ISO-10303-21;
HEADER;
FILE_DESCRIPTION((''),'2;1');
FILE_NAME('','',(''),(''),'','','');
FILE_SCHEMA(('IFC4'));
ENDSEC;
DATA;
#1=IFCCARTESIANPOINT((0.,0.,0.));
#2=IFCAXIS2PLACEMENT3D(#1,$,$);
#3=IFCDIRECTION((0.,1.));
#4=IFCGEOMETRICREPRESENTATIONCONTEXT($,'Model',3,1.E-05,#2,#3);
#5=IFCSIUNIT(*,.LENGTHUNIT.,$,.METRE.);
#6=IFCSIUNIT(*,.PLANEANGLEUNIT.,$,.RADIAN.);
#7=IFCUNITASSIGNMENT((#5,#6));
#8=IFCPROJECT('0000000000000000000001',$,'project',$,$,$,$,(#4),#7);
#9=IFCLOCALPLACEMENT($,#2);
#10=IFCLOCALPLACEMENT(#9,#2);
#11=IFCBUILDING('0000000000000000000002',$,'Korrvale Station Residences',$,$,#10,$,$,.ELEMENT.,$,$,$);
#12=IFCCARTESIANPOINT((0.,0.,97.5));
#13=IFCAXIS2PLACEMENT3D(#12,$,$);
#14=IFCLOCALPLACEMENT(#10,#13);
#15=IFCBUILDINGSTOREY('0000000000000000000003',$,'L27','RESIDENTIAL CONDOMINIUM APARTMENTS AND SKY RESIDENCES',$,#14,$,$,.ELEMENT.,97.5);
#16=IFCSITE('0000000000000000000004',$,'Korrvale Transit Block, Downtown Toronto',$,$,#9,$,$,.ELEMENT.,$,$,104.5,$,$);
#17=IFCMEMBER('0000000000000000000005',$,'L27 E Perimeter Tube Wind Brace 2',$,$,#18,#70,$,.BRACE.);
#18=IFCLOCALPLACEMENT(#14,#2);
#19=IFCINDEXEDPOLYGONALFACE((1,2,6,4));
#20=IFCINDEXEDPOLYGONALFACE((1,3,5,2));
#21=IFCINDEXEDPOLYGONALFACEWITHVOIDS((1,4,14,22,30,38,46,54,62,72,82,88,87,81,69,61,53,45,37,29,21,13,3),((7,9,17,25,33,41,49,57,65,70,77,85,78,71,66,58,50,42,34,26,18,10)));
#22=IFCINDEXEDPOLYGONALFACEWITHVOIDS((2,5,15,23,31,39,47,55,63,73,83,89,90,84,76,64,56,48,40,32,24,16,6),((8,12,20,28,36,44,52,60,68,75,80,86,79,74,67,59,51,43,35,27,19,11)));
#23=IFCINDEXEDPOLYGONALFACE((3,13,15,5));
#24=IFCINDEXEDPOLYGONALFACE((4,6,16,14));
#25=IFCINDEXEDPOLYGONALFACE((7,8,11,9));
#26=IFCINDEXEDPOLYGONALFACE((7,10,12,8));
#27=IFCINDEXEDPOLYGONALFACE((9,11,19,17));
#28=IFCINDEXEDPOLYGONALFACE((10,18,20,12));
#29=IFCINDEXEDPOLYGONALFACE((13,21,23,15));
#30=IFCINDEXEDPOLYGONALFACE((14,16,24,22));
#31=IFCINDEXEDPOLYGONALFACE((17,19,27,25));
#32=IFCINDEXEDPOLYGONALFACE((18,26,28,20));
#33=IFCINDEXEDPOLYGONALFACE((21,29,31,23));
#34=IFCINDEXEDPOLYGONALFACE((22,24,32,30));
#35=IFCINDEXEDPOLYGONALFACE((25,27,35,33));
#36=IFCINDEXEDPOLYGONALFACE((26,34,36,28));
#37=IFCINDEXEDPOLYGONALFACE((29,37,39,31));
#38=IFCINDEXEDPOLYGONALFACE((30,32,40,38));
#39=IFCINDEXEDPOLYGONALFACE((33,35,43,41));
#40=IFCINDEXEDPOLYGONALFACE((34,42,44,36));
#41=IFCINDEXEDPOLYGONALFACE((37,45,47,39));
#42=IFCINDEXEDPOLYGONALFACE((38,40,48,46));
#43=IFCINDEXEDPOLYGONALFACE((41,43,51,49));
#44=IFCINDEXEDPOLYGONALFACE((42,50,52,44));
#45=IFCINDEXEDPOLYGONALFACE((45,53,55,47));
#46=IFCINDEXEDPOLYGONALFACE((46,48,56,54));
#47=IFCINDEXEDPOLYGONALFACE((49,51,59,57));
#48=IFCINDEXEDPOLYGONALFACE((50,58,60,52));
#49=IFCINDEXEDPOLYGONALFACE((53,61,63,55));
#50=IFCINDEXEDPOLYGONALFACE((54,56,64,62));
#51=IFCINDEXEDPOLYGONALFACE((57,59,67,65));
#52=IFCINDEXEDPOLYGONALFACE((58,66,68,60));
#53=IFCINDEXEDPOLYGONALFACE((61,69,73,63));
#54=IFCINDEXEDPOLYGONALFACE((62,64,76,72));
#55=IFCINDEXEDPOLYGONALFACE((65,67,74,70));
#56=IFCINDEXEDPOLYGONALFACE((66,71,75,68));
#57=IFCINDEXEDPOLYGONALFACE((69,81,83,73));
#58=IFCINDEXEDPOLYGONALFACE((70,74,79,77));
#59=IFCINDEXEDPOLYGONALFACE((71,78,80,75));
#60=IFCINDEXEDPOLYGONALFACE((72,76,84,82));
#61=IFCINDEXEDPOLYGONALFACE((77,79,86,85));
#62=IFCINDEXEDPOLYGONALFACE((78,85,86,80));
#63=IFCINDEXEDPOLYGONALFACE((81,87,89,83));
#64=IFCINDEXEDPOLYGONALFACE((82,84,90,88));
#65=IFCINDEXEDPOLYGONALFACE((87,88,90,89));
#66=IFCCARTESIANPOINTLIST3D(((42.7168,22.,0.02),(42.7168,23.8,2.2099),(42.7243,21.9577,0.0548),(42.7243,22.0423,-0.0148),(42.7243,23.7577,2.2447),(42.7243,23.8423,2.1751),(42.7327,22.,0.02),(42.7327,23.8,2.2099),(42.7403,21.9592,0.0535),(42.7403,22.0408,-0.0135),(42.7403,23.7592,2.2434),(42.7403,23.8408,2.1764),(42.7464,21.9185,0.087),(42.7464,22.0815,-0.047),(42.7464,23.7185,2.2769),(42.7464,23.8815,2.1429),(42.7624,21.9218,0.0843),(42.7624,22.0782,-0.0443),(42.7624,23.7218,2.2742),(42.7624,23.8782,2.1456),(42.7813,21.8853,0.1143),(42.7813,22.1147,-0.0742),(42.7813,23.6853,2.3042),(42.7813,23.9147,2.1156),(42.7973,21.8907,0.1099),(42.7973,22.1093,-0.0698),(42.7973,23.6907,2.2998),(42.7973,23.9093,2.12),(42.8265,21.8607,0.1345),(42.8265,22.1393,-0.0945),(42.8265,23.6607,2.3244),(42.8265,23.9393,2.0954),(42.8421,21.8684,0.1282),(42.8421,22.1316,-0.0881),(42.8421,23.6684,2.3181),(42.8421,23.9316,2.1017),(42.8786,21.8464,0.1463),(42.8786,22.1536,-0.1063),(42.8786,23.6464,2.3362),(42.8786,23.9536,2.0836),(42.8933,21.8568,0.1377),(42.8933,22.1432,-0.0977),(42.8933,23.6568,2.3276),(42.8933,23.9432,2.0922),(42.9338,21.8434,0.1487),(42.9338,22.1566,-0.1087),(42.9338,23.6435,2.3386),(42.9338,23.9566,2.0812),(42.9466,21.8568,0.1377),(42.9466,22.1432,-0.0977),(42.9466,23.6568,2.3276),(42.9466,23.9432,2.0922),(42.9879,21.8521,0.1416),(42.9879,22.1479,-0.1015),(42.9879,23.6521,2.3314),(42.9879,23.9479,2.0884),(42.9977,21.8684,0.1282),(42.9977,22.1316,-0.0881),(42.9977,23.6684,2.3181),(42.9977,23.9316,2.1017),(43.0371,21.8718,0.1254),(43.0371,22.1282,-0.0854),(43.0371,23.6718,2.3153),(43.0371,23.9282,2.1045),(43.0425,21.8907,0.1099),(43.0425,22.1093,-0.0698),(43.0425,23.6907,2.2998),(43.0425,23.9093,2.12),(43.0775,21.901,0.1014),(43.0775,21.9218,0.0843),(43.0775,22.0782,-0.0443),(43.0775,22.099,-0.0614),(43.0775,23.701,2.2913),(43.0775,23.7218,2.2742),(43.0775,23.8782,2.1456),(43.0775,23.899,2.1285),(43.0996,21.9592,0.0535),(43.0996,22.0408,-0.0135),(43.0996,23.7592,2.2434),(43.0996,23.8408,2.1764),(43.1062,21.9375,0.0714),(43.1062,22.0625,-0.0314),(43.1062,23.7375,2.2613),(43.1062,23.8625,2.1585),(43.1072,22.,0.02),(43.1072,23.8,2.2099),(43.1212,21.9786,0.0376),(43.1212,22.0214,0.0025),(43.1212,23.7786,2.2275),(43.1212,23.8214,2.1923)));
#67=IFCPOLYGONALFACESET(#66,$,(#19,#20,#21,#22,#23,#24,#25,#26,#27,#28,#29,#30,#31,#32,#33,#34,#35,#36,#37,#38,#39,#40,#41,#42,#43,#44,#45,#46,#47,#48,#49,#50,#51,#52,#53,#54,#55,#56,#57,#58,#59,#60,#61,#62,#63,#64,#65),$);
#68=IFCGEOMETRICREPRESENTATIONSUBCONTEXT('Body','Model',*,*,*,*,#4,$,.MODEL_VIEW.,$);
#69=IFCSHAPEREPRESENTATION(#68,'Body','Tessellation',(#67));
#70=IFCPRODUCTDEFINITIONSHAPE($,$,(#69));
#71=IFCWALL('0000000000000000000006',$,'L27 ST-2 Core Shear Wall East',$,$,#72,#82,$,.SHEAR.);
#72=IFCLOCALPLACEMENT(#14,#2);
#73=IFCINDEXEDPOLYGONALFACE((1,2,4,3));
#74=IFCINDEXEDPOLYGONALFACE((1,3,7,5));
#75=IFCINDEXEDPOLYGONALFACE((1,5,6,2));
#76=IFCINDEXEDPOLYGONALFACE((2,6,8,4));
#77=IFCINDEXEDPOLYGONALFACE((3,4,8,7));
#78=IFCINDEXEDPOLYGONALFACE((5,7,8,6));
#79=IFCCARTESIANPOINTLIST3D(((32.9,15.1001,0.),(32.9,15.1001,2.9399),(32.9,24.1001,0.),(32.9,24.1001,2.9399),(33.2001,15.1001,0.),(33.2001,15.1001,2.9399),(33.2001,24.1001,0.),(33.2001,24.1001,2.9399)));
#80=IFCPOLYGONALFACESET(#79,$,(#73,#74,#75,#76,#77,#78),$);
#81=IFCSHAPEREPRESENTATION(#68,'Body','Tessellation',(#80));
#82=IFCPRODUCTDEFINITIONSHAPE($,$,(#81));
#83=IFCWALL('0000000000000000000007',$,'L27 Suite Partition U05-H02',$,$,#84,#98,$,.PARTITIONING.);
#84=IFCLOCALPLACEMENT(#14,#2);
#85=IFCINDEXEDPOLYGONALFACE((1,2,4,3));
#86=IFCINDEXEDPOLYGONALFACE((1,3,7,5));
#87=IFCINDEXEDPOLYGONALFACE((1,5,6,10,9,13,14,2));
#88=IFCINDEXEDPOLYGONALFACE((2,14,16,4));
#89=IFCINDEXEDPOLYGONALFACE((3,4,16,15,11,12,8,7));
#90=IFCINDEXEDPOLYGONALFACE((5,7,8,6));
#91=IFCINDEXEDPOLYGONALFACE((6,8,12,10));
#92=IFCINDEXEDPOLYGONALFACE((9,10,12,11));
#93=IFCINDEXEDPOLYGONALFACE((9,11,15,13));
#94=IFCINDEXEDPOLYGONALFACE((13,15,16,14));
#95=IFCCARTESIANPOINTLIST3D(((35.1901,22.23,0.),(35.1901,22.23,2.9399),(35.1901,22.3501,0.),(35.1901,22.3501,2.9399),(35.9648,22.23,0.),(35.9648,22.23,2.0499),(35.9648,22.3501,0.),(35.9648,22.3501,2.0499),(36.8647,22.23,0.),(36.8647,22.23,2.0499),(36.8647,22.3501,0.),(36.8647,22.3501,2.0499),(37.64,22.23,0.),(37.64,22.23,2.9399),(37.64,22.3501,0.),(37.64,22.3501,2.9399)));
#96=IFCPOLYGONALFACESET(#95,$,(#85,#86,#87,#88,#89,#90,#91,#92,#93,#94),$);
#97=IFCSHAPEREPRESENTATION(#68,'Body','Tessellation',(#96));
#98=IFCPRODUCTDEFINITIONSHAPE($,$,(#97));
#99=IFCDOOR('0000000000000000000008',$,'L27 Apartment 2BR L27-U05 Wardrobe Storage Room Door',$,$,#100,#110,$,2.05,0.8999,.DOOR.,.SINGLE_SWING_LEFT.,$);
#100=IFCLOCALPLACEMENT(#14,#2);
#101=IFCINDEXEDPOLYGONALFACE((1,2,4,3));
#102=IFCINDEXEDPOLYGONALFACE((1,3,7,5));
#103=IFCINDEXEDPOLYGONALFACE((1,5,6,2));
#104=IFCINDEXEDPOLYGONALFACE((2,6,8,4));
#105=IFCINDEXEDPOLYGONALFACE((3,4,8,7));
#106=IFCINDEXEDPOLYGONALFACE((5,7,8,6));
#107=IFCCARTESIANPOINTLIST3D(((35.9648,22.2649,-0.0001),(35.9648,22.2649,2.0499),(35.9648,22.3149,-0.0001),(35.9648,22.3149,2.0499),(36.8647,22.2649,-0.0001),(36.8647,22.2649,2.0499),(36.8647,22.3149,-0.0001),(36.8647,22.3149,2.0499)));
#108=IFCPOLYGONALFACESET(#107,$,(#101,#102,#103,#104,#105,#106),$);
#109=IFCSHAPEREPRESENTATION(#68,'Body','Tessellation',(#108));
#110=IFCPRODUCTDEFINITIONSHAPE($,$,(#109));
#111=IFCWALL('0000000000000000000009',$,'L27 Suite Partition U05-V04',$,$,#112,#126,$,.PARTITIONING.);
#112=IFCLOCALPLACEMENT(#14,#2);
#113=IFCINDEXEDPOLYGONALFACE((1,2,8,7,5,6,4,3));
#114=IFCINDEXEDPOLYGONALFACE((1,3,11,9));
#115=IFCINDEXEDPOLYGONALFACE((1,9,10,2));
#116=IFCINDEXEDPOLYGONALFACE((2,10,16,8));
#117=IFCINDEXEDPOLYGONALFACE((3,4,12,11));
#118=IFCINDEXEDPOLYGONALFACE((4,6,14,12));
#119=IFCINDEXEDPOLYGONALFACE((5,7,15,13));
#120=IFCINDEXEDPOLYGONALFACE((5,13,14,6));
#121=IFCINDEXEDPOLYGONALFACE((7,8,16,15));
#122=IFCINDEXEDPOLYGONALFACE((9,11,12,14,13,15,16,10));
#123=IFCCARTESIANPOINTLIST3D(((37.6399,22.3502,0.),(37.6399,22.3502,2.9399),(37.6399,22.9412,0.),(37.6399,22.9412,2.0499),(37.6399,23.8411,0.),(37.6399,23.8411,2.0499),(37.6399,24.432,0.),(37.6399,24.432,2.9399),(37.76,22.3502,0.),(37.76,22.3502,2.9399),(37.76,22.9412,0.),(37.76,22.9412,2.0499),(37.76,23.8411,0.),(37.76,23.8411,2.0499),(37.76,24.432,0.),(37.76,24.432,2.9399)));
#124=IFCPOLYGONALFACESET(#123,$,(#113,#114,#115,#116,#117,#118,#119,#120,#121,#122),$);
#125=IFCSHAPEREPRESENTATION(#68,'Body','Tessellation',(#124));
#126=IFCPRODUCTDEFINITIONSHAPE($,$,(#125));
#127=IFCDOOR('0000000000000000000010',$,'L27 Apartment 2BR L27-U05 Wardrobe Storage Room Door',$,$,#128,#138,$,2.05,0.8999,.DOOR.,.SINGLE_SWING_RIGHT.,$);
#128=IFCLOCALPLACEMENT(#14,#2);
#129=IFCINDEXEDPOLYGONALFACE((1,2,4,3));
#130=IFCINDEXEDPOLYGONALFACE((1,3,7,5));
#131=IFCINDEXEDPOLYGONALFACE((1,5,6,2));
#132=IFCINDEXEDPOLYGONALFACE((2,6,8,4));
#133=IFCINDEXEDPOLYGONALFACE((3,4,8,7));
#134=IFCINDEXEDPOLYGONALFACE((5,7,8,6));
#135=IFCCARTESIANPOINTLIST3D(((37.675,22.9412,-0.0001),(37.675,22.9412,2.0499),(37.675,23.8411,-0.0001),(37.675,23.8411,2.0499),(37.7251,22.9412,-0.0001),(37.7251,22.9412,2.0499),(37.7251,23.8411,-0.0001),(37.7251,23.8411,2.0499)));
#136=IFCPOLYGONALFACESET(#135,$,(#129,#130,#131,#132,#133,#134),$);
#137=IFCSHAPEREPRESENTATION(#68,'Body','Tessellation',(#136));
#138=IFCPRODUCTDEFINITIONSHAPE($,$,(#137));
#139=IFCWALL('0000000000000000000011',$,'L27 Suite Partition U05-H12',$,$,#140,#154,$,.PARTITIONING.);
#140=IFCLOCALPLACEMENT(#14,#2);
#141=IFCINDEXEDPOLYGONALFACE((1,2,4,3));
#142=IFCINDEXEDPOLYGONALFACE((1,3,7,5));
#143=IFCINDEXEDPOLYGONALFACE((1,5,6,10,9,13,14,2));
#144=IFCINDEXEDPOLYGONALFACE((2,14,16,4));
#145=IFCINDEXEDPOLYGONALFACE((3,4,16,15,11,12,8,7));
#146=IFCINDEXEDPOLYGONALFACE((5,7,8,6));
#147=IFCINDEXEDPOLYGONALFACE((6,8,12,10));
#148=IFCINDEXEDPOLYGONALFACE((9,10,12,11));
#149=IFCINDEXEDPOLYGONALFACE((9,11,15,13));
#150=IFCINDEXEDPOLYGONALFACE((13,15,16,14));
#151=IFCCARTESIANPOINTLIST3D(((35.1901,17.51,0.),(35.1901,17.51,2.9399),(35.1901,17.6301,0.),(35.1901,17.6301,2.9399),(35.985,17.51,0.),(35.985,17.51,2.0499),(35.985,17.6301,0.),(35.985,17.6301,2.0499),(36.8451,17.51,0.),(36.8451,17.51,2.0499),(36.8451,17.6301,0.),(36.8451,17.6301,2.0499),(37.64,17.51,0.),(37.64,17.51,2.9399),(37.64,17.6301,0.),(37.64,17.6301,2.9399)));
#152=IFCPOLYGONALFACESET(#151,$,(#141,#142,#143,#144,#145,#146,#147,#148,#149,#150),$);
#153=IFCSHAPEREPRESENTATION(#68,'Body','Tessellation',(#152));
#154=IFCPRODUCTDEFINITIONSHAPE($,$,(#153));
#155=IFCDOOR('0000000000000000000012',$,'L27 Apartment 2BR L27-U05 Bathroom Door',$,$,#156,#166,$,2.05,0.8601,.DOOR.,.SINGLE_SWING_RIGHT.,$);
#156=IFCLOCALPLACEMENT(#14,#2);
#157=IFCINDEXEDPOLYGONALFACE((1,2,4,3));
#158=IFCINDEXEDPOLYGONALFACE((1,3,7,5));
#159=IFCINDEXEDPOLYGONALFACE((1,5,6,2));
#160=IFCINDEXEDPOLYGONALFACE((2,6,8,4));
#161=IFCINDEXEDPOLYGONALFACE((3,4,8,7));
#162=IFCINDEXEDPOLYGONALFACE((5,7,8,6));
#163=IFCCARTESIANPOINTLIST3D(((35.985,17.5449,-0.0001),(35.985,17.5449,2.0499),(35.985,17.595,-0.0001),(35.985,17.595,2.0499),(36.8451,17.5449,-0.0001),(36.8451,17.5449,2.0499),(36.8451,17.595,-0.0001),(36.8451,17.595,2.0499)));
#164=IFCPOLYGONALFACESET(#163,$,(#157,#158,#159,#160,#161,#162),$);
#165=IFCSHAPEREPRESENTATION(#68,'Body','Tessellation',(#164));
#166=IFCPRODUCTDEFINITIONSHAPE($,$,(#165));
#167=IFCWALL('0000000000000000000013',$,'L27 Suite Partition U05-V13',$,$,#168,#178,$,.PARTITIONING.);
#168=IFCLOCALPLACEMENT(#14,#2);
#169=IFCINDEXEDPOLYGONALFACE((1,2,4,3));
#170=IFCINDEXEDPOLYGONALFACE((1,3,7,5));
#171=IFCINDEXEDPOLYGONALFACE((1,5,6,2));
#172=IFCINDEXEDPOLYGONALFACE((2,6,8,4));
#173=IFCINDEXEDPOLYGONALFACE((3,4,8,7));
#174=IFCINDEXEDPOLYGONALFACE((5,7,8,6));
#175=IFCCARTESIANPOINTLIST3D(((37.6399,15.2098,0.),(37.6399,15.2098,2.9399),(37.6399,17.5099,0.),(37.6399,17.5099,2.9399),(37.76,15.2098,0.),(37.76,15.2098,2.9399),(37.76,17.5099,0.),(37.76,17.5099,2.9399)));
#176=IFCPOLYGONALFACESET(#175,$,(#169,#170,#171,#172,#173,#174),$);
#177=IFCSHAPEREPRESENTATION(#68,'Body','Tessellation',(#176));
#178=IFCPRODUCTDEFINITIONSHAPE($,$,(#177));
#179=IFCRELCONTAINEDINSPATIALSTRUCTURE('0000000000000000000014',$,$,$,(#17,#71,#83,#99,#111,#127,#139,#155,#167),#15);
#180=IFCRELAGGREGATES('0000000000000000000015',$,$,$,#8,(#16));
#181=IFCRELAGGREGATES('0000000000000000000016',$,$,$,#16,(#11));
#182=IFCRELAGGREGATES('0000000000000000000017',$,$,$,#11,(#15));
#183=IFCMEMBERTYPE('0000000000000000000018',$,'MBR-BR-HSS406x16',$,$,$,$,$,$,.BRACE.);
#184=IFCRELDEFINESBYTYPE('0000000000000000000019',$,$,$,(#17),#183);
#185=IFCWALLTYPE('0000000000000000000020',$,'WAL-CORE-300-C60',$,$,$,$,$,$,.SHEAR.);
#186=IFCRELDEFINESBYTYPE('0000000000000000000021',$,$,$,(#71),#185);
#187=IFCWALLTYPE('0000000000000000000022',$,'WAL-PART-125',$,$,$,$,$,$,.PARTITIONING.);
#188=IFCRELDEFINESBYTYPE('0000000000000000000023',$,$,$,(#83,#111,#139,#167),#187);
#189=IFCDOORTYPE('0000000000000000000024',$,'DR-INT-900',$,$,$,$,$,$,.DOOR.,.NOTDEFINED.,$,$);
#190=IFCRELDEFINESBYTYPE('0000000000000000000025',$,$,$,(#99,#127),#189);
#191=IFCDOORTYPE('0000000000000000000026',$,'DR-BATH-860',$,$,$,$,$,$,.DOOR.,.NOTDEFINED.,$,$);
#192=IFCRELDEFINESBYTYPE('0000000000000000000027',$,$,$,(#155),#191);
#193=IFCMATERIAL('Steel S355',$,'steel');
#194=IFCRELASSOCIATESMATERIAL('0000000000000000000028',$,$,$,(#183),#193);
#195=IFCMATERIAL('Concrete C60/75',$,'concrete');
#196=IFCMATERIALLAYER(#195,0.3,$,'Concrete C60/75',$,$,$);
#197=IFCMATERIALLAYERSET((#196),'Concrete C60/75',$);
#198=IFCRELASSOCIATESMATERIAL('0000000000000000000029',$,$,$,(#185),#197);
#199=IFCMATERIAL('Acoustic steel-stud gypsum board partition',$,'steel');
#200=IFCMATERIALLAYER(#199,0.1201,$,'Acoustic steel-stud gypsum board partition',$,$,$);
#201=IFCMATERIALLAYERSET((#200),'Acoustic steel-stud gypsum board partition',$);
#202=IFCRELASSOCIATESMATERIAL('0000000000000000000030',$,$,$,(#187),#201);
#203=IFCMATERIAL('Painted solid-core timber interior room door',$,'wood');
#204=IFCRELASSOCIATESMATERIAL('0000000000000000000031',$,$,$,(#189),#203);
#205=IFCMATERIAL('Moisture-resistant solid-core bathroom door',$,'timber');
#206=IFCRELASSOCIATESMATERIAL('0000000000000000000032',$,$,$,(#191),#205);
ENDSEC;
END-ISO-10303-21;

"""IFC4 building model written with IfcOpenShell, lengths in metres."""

from ifc_helpers import new_model, si_unit, direction, frame, frame_2d, origin, origin_2d, place, context, subcontext, project, spatial, rectangle, hollow_circle, extrude, material, layer, layer_set, material_profile, profile_set, type_object, element, fill, save


model = new_model("IFC4")

# Units and contexts
model_context = context("Model", 3, precision=1e-05, world=origin(), true_north=direction((0.0, 1.0)))
body_context = subcontext(model_context, "Body", "Model", "MODEL_VIEW")
ifc_project = project(units=[si_unit("LENGTHUNIT", "METRE"), si_unit("PLANEANGLEUNIT", "RADIAN")], contexts=[model_context])

# Site, building, storey
site_placement = place(None, origin())
site = spatial("IfcSite", under=ifc_project, at=site_placement, Name="Korrvale Transit Block, Downtown Toronto", CompositionType="ELEMENT", RefElevation=104.5)
building_placement = place(site_placement, origin())
building = spatial("IfcBuilding", under=site, at=building_placement, Name="Korrvale Station Residences", CompositionType="ELEMENT")
storey_placement = place(building_placement, frame((0.0, 0.0, 97.5)))
storey = spatial("IfcBuildingStorey", under=building, at=storey_placement, Name="L27", Description="RESIDENTIAL CONDOMINIUM APARTMENTS AND SKY RESIDENCES", CompositionType="ELEMENT", Elevation=97.5)

# Shared definitions
ifc_material_1 = material(Name="Concrete C60/75", Category="concrete")

# Shared definitions
ifc_material_2 = material(Name="Steel S355", Category="steel")

# Member
ifc_material_profile_1 = material_profile(ifc_material_2, hollow_circle(Radius=0.2031, WallThickness=0.0159, at=origin_2d()), Name="HSS406x16")
ifc_profile_set_1 = profile_set([ifc_material_profile_1], Name="Steel S355")
member_type = type_object("IfcMemberType", Name="MBR-BR-HSS406x16", PredefinedType="BRACE", material=ifc_profile_set_1)
for number, where, z_axis, x_axis, name in (
    (1, (42.9199, 22.0, 0.02), (0.0, 0.634985, 0.772524), (-1.0, 0.0, 0.0), "L27 E Perimeter Tube Wind Brace 2"),
):
    element("IfcMember", number, at=place(storey_placement, frame(where, z_axis=z_axis, x_axis=x_axis)), inside=storey, type_object=member_type, Name=name, PredefinedType="BRACE", context=body_context, shape_type="SweptSolid", body=[
        extrude(hollow_circle(Radius=0.2031, WallThickness=0.0159, at=origin_2d()), origin(), (0.0, 0.0, 1.0), 2.8347),
    ])

# Wall
ifc_layer_1 = layer(ifc_material_1, 0.3, Name="Concrete C60/75")
ifc_layer_set_1 = layer_set([ifc_layer_1], Name="Concrete C60/75")
wall_type_1 = type_object("IfcWallType", Name="WAL-CORE-300-C60", PredefinedType="SHEAR", material=ifc_layer_set_1)
wall_1_placement = place(storey_placement, frame((33.05, 15.1001, 0.0), z_axis=(0.0, 0.0, 1.0), x_axis=(0.0, 1.0, 0.0)))
element("IfcWall", 2, at=wall_1_placement, inside=storey, type_object=wall_type_1, Name="L27 ST-2 Core Shear Wall East", PredefinedType="SHEAR", context=body_context, shape_type="SweptSolid", body=[
    extrude(rectangle(XDim=9.0, YDim=0.3, at=frame_2d((4.5, 0.0))), origin(), (0.0, 0.0, 1.0), 2.9399),
])

# Walls, openings, doors
ifc_material_3 = material(Name="Acoustic steel-stud gypsum board partition", Category="steel")
ifc_layer_2 = layer(ifc_material_3, 0.1201, Name="Acoustic steel-stud gypsum board partition")
ifc_layer_set_2 = layer_set([ifc_layer_2], Name="Acoustic steel-stud gypsum board partition")
wall_type_2 = type_object("IfcWallType", Name="WAL-PART-125", PredefinedType="PARTITIONING", material=ifc_layer_set_2)
wall_2_placement = place(storey_placement, frame((35.1899, 22.29, 0.0), z_axis=(0.0, 0.0, 1.0), x_axis=(1.0, 0.0, 0.0)))
wall_2 = element("IfcWall", 3, at=wall_2_placement, inside=storey, type_object=wall_type_2, Name="L27 Suite Partition U05-H02", PredefinedType="PARTITIONING", context=body_context, shape_type="SweptSolid", body=[
    extrude(rectangle(XDim=2.45, YDim=0.1201, at=frame_2d((1.2251, 0.0))), origin(), (0.0, 0.0, 1.0), 2.9399),
])
opening_1_placement = place(wall_2_placement, frame((0.7749, 0.0, 0.0)))
opening_1 = element("IfcOpeningElement", 4, at=opening_1_placement, cuts=wall_2, PredefinedType="OPENING", context=body_context, shape_type="SweptSolid", body=[
    extrude(rectangle(XDim=0.8999, YDim=2.05, at=frame_2d((0.45, 1.0249))), frame((0.0, 0.0701, 0.0), z_axis=(0.0, -1.0, 0.0), x_axis=(1.0, 0.0, 0.0)), (0.0, 0.0, 1.0), 0.1401),
])
ifc_material_4 = material(Name="Painted solid-core timber interior room door", Category="wood")
door_type_1 = type_object("IfcDoorType", Name="DR-INT-900", OperationType="NOTDEFINED", PredefinedType="DOOR", material=ifc_material_4)
door_1_placement = place(opening_1_placement, origin())
door_1 = element("IfcDoor", 5, at=door_1_placement, inside=storey, type_object=door_type_1, Name="L27 Apartment 2BR L27-U05 Wardrobe Storage Room Door", OperationType="SINGLE_SWING_LEFT", OverallHeight=2.05, OverallWidth=0.8999, PredefinedType="DOOR", context=body_context, shape_type="SweptSolid", body=[
    extrude(rectangle(XDim=0.8999, YDim=2.05, at=frame_2d((0.45, 1.0249))), frame((0.0, 0.0249, 0.0), z_axis=(0.0, -1.0, 0.0), x_axis=(1.0, 0.0, 0.0)), (0.0, 0.0, 1.0), 0.05),
])
fill(opening_1, door_1)
wall_3_placement = place(storey_placement, frame((37.7, 22.3501, 0.0), z_axis=(0.0, 0.0, 1.0), x_axis=(0.0, 1.0, 0.0)))
wall_3 = element("IfcWall", 6, at=wall_3_placement, inside=storey, type_object=wall_type_2, Name="L27 Suite Partition U05-V04", PredefinedType="PARTITIONING", context=body_context, shape_type="SweptSolid", body=[
    extrude(rectangle(XDim=2.0818, YDim=0.1201, at=frame_2d((1.041, 0.0))), origin(), (0.0, 0.0, 1.0), 2.9399),
])
opening_2_placement = place(wall_3_placement, frame((0.5911, 0.0, 0.0)))
opening_2 = element("IfcOpeningElement", 7, at=opening_2_placement, cuts=wall_3, PredefinedType="OPENING", context=body_context, shape_type="SweptSolid", body=[
    extrude(rectangle(XDim=0.8999, YDim=2.05, at=frame_2d((0.45, 1.0249))), frame((0.0, 0.0701, 0.0), z_axis=(0.0, -1.0, 0.0), x_axis=(1.0, 0.0, 0.0)), (0.0, 0.0, 1.0), 0.1401),
])
door_2_placement = place(opening_2_placement, origin())
door_2 = element("IfcDoor", 8, at=door_2_placement, inside=storey, type_object=door_type_1, Name="L27 Apartment 2BR L27-U05 Wardrobe Storage Room Door", OperationType="SINGLE_SWING_RIGHT", OverallHeight=2.05, OverallWidth=0.8999, PredefinedType="DOOR", context=body_context, shape_type="SweptSolid", body=[
    extrude(rectangle(XDim=0.8999, YDim=2.05, at=frame_2d((0.45, 1.0249))), frame((0.0, 0.0249, 0.0), z_axis=(0.0, -1.0, 0.0), x_axis=(1.0, 0.0, 0.0)), (0.0, 0.0, 1.0), 0.05),
])
fill(opening_2, door_2)
wall_4_placement = place(storey_placement, frame((35.1899, 17.5701, 0.0), z_axis=(0.0, 0.0, 1.0), x_axis=(1.0, 0.0, 0.0)))
wall_4 = element("IfcWall", 9, at=wall_4_placement, inside=storey, type_object=wall_type_2, Name="L27 Suite Partition U05-H12", PredefinedType="PARTITIONING", context=body_context, shape_type="SweptSolid", body=[
    extrude(rectangle(XDim=2.45, YDim=0.1201, at=frame_2d((1.2251, 0.0))), origin(), (0.0, 0.0, 1.0), 2.9399),
])
opening_3_placement = place(wall_4_placement, frame((0.7949, 0.0, 0.0)))
opening_3 = element("IfcOpeningElement", 10, at=opening_3_placement, cuts=wall_4, PredefinedType="OPENING", context=body_context, shape_type="SweptSolid", body=[
    extrude(rectangle(XDim=0.8601, YDim=2.05, at=frame_2d((0.4302, 1.0249))), frame((0.0, 0.0701, 0.0), z_axis=(0.0, -1.0, 0.0), x_axis=(1.0, 0.0, 0.0)), (0.0, 0.0, 1.0), 0.1401),
])
ifc_material_5 = material(Name="Moisture-resistant solid-core bathroom door", Category="timber")
door_type_2 = type_object("IfcDoorType", Name="DR-BATH-860", OperationType="NOTDEFINED", PredefinedType="DOOR", material=ifc_material_5)
door_3_placement = place(opening_3_placement, origin())
door_3 = element("IfcDoor", 11, at=door_3_placement, inside=storey, type_object=door_type_2, Name="L27 Apartment 2BR L27-U05 Bathroom Door", OperationType="SINGLE_SWING_RIGHT", OverallHeight=2.05, OverallWidth=0.8601, PredefinedType="DOOR", context=body_context, shape_type="SweptSolid", body=[
    extrude(rectangle(XDim=0.8601, YDim=2.05, at=frame_2d((0.4302, 1.0249))), frame((0.0, 0.0249, 0.0), z_axis=(0.0, -1.0, 0.0), x_axis=(1.0, 0.0, 0.0)), (0.0, 0.0, 1.0), 0.05),
])
fill(opening_3, door_3)

# Wall
wall_5_placement = place(storey_placement, frame((37.7, 15.21, 0.0), z_axis=(0.0, 0.0, 1.0), x_axis=(0.0, 1.0, 0.0)))
element("IfcWall", 12, at=wall_5_placement, inside=storey, type_object=wall_type_2, Name="L27 Suite Partition U05-V13", PredefinedType="PARTITIONING", context=body_context, shape_type="SweptSolid", body=[
    extrude(rectangle(XDim=2.3, YDim=0.1201, at=frame_2d((1.1499, 0.0))), origin(), (0.0, 0.0, 1.0), 2.9399),
])

save(model, "model.ifc")
